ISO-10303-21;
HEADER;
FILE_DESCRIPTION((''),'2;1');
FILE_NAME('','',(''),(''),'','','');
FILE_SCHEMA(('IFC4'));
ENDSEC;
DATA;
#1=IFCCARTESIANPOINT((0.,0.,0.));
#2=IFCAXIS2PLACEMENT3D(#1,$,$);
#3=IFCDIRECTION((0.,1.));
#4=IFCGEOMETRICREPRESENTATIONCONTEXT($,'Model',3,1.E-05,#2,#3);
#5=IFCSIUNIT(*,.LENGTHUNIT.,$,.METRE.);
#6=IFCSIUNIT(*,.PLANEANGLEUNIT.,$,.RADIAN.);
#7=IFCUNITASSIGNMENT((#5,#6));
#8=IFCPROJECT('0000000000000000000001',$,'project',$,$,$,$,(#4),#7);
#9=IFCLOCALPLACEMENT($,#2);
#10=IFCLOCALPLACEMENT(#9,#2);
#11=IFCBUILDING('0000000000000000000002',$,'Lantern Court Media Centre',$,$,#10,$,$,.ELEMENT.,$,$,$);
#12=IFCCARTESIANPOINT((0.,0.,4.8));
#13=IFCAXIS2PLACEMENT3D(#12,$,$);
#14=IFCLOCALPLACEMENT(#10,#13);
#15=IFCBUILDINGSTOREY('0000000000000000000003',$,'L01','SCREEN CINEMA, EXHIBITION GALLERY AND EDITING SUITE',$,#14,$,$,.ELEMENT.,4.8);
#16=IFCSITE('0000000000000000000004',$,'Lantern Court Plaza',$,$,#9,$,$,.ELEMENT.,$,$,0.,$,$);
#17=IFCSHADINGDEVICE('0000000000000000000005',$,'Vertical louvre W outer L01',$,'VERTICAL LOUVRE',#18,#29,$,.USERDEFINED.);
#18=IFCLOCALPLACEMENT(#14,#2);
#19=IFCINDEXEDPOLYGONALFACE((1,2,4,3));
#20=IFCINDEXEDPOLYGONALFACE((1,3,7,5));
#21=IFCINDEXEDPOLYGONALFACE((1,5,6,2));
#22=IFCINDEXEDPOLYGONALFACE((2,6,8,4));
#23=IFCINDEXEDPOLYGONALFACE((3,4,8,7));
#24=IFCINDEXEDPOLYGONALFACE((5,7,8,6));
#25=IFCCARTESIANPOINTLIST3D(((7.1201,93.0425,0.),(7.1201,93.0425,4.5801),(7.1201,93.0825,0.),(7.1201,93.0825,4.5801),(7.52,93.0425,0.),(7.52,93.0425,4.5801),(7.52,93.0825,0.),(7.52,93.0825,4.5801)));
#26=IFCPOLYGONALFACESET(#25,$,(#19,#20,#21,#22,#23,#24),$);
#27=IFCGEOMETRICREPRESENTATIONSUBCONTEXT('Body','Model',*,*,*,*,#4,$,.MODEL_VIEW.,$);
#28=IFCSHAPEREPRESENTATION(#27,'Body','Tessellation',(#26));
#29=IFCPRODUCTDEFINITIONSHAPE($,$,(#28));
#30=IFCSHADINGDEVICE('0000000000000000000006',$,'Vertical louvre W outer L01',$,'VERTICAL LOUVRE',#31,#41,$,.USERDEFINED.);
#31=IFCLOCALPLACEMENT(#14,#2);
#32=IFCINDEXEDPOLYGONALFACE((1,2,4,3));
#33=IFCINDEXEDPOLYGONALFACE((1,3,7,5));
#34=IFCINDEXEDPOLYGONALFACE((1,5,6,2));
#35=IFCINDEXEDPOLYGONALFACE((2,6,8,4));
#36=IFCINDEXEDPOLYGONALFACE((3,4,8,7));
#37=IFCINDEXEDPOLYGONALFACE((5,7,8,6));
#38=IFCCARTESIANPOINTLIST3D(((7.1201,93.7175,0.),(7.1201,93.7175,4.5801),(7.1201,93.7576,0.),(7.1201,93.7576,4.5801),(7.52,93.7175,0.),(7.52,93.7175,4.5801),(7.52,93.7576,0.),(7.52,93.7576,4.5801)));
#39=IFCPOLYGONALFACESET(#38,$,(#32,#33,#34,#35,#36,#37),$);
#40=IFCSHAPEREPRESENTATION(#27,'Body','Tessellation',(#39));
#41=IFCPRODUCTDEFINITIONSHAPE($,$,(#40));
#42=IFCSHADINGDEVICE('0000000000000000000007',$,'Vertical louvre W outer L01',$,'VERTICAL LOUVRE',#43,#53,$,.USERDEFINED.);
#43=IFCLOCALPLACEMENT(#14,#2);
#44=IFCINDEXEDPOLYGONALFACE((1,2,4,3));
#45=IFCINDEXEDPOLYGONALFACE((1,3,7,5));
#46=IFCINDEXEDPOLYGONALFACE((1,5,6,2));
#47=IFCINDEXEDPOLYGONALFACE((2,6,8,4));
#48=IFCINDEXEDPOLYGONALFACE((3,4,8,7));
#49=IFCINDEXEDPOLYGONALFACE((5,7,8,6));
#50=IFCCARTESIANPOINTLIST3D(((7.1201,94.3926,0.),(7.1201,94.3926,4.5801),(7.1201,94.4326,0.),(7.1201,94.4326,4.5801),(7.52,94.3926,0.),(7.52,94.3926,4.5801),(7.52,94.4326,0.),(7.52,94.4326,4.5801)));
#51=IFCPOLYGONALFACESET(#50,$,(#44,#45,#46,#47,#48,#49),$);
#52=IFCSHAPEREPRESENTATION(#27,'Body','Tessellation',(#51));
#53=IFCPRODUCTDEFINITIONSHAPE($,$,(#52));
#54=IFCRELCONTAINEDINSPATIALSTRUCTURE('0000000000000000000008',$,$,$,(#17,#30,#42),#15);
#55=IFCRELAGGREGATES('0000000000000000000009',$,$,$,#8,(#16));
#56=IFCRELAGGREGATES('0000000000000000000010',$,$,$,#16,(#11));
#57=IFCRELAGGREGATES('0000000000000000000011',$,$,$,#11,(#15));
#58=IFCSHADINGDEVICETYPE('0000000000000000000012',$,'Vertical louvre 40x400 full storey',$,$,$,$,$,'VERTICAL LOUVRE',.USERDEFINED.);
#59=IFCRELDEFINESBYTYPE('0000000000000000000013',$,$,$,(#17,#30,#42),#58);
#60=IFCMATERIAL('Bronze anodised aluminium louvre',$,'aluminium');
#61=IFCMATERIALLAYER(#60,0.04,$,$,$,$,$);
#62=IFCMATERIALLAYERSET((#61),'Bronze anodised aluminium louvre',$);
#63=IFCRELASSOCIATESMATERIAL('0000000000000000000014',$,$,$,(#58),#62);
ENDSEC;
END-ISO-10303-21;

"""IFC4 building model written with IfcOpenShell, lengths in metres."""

from ifc_helpers import new_model, si_unit, direction, frame, origin, origin_2d, place, context, subcontext, project, spatial, rectangle, extrude, material, layer, layer_set, type_object, element, save


model = new_model("IFC4")

# Units and contexts
model_context = context("Model", 3, precision=1e-05, world=origin(), true_north=direction((0.0, 1.0)))
body_context = subcontext(model_context, "Body", "Model", "MODEL_VIEW")
ifc_project = project(units=[si_unit("LENGTHUNIT", "METRE"), si_unit("PLANEANGLEUNIT", "RADIAN")], contexts=[model_context])

# Site, building, storey
site_placement = place(None, origin())
site = spatial("IfcSite", under=ifc_project, at=site_placement, Name="Lantern Court Plaza", CompositionType="ELEMENT", RefElevation=0.0)
building_placement = place(site_placement, origin())
building = spatial("IfcBuilding", under=site, at=building_placement, Name="Lantern Court Media Centre", CompositionType="ELEMENT")
storey_placement = place(building_placement, frame((0.0, 0.0, 4.8)))
storey = spatial("IfcBuildingStorey", under=building, at=storey_placement, Name="L01", Description="SCREEN CINEMA, EXHIBITION GALLERY AND EDITING SUITE", CompositionType="ELEMENT", Elevation=4.8)

# Shading devices
ifc_material_1 = material(Name="Bronze anodised aluminium louvre", Category="aluminium")
ifc_layer_1 = layer(ifc_material_1, 0.04)
ifc_layer_set_1 = layer_set([ifc_layer_1], Name="Bronze anodised aluminium louvre")
shading_device_type = type_object("IfcShadingDeviceType", Name="Vertical louvre 40x400 full storey", ElementType="VERTICAL LOUVRE", PredefinedType="USERDEFINED", material=ifc_layer_set_1)
for number, where, z_axis, x_axis, name in (
    (1, (7.3201, 93.0625, 0.0), (0.0, 0.0, 1.0), (1.0, 0.0, 0.0), "Vertical louvre W outer L01"),
    (2, (7.3201, 93.7375, 0.0), (0.0, 0.0, 1.0), (1.0, 0.0, 0.0), "Vertical louvre W outer L01"),
    (3, (7.3201, 94.4126, 0.0), (0.0, 0.0, 1.0), (1.0, 0.0, 0.0), "Vertical louvre W outer L01"),
):
    element("IfcShadingDevice", number, at=place(storey_placement, frame(where, z_axis=z_axis, x_axis=x_axis)), inside=storey, type_object=shading_device_type, Name=name, ObjectType="VERTICAL LOUVRE", PredefinedType="USERDEFINED", context=body_context, shape_type="SweptSolid", body=[
        extrude(rectangle(XDim=0.3999, YDim=0.04, at=origin_2d()), origin(), (0.0, 0.0, 1.0), 4.5801),
    ])

save(model, "model.ifc")
